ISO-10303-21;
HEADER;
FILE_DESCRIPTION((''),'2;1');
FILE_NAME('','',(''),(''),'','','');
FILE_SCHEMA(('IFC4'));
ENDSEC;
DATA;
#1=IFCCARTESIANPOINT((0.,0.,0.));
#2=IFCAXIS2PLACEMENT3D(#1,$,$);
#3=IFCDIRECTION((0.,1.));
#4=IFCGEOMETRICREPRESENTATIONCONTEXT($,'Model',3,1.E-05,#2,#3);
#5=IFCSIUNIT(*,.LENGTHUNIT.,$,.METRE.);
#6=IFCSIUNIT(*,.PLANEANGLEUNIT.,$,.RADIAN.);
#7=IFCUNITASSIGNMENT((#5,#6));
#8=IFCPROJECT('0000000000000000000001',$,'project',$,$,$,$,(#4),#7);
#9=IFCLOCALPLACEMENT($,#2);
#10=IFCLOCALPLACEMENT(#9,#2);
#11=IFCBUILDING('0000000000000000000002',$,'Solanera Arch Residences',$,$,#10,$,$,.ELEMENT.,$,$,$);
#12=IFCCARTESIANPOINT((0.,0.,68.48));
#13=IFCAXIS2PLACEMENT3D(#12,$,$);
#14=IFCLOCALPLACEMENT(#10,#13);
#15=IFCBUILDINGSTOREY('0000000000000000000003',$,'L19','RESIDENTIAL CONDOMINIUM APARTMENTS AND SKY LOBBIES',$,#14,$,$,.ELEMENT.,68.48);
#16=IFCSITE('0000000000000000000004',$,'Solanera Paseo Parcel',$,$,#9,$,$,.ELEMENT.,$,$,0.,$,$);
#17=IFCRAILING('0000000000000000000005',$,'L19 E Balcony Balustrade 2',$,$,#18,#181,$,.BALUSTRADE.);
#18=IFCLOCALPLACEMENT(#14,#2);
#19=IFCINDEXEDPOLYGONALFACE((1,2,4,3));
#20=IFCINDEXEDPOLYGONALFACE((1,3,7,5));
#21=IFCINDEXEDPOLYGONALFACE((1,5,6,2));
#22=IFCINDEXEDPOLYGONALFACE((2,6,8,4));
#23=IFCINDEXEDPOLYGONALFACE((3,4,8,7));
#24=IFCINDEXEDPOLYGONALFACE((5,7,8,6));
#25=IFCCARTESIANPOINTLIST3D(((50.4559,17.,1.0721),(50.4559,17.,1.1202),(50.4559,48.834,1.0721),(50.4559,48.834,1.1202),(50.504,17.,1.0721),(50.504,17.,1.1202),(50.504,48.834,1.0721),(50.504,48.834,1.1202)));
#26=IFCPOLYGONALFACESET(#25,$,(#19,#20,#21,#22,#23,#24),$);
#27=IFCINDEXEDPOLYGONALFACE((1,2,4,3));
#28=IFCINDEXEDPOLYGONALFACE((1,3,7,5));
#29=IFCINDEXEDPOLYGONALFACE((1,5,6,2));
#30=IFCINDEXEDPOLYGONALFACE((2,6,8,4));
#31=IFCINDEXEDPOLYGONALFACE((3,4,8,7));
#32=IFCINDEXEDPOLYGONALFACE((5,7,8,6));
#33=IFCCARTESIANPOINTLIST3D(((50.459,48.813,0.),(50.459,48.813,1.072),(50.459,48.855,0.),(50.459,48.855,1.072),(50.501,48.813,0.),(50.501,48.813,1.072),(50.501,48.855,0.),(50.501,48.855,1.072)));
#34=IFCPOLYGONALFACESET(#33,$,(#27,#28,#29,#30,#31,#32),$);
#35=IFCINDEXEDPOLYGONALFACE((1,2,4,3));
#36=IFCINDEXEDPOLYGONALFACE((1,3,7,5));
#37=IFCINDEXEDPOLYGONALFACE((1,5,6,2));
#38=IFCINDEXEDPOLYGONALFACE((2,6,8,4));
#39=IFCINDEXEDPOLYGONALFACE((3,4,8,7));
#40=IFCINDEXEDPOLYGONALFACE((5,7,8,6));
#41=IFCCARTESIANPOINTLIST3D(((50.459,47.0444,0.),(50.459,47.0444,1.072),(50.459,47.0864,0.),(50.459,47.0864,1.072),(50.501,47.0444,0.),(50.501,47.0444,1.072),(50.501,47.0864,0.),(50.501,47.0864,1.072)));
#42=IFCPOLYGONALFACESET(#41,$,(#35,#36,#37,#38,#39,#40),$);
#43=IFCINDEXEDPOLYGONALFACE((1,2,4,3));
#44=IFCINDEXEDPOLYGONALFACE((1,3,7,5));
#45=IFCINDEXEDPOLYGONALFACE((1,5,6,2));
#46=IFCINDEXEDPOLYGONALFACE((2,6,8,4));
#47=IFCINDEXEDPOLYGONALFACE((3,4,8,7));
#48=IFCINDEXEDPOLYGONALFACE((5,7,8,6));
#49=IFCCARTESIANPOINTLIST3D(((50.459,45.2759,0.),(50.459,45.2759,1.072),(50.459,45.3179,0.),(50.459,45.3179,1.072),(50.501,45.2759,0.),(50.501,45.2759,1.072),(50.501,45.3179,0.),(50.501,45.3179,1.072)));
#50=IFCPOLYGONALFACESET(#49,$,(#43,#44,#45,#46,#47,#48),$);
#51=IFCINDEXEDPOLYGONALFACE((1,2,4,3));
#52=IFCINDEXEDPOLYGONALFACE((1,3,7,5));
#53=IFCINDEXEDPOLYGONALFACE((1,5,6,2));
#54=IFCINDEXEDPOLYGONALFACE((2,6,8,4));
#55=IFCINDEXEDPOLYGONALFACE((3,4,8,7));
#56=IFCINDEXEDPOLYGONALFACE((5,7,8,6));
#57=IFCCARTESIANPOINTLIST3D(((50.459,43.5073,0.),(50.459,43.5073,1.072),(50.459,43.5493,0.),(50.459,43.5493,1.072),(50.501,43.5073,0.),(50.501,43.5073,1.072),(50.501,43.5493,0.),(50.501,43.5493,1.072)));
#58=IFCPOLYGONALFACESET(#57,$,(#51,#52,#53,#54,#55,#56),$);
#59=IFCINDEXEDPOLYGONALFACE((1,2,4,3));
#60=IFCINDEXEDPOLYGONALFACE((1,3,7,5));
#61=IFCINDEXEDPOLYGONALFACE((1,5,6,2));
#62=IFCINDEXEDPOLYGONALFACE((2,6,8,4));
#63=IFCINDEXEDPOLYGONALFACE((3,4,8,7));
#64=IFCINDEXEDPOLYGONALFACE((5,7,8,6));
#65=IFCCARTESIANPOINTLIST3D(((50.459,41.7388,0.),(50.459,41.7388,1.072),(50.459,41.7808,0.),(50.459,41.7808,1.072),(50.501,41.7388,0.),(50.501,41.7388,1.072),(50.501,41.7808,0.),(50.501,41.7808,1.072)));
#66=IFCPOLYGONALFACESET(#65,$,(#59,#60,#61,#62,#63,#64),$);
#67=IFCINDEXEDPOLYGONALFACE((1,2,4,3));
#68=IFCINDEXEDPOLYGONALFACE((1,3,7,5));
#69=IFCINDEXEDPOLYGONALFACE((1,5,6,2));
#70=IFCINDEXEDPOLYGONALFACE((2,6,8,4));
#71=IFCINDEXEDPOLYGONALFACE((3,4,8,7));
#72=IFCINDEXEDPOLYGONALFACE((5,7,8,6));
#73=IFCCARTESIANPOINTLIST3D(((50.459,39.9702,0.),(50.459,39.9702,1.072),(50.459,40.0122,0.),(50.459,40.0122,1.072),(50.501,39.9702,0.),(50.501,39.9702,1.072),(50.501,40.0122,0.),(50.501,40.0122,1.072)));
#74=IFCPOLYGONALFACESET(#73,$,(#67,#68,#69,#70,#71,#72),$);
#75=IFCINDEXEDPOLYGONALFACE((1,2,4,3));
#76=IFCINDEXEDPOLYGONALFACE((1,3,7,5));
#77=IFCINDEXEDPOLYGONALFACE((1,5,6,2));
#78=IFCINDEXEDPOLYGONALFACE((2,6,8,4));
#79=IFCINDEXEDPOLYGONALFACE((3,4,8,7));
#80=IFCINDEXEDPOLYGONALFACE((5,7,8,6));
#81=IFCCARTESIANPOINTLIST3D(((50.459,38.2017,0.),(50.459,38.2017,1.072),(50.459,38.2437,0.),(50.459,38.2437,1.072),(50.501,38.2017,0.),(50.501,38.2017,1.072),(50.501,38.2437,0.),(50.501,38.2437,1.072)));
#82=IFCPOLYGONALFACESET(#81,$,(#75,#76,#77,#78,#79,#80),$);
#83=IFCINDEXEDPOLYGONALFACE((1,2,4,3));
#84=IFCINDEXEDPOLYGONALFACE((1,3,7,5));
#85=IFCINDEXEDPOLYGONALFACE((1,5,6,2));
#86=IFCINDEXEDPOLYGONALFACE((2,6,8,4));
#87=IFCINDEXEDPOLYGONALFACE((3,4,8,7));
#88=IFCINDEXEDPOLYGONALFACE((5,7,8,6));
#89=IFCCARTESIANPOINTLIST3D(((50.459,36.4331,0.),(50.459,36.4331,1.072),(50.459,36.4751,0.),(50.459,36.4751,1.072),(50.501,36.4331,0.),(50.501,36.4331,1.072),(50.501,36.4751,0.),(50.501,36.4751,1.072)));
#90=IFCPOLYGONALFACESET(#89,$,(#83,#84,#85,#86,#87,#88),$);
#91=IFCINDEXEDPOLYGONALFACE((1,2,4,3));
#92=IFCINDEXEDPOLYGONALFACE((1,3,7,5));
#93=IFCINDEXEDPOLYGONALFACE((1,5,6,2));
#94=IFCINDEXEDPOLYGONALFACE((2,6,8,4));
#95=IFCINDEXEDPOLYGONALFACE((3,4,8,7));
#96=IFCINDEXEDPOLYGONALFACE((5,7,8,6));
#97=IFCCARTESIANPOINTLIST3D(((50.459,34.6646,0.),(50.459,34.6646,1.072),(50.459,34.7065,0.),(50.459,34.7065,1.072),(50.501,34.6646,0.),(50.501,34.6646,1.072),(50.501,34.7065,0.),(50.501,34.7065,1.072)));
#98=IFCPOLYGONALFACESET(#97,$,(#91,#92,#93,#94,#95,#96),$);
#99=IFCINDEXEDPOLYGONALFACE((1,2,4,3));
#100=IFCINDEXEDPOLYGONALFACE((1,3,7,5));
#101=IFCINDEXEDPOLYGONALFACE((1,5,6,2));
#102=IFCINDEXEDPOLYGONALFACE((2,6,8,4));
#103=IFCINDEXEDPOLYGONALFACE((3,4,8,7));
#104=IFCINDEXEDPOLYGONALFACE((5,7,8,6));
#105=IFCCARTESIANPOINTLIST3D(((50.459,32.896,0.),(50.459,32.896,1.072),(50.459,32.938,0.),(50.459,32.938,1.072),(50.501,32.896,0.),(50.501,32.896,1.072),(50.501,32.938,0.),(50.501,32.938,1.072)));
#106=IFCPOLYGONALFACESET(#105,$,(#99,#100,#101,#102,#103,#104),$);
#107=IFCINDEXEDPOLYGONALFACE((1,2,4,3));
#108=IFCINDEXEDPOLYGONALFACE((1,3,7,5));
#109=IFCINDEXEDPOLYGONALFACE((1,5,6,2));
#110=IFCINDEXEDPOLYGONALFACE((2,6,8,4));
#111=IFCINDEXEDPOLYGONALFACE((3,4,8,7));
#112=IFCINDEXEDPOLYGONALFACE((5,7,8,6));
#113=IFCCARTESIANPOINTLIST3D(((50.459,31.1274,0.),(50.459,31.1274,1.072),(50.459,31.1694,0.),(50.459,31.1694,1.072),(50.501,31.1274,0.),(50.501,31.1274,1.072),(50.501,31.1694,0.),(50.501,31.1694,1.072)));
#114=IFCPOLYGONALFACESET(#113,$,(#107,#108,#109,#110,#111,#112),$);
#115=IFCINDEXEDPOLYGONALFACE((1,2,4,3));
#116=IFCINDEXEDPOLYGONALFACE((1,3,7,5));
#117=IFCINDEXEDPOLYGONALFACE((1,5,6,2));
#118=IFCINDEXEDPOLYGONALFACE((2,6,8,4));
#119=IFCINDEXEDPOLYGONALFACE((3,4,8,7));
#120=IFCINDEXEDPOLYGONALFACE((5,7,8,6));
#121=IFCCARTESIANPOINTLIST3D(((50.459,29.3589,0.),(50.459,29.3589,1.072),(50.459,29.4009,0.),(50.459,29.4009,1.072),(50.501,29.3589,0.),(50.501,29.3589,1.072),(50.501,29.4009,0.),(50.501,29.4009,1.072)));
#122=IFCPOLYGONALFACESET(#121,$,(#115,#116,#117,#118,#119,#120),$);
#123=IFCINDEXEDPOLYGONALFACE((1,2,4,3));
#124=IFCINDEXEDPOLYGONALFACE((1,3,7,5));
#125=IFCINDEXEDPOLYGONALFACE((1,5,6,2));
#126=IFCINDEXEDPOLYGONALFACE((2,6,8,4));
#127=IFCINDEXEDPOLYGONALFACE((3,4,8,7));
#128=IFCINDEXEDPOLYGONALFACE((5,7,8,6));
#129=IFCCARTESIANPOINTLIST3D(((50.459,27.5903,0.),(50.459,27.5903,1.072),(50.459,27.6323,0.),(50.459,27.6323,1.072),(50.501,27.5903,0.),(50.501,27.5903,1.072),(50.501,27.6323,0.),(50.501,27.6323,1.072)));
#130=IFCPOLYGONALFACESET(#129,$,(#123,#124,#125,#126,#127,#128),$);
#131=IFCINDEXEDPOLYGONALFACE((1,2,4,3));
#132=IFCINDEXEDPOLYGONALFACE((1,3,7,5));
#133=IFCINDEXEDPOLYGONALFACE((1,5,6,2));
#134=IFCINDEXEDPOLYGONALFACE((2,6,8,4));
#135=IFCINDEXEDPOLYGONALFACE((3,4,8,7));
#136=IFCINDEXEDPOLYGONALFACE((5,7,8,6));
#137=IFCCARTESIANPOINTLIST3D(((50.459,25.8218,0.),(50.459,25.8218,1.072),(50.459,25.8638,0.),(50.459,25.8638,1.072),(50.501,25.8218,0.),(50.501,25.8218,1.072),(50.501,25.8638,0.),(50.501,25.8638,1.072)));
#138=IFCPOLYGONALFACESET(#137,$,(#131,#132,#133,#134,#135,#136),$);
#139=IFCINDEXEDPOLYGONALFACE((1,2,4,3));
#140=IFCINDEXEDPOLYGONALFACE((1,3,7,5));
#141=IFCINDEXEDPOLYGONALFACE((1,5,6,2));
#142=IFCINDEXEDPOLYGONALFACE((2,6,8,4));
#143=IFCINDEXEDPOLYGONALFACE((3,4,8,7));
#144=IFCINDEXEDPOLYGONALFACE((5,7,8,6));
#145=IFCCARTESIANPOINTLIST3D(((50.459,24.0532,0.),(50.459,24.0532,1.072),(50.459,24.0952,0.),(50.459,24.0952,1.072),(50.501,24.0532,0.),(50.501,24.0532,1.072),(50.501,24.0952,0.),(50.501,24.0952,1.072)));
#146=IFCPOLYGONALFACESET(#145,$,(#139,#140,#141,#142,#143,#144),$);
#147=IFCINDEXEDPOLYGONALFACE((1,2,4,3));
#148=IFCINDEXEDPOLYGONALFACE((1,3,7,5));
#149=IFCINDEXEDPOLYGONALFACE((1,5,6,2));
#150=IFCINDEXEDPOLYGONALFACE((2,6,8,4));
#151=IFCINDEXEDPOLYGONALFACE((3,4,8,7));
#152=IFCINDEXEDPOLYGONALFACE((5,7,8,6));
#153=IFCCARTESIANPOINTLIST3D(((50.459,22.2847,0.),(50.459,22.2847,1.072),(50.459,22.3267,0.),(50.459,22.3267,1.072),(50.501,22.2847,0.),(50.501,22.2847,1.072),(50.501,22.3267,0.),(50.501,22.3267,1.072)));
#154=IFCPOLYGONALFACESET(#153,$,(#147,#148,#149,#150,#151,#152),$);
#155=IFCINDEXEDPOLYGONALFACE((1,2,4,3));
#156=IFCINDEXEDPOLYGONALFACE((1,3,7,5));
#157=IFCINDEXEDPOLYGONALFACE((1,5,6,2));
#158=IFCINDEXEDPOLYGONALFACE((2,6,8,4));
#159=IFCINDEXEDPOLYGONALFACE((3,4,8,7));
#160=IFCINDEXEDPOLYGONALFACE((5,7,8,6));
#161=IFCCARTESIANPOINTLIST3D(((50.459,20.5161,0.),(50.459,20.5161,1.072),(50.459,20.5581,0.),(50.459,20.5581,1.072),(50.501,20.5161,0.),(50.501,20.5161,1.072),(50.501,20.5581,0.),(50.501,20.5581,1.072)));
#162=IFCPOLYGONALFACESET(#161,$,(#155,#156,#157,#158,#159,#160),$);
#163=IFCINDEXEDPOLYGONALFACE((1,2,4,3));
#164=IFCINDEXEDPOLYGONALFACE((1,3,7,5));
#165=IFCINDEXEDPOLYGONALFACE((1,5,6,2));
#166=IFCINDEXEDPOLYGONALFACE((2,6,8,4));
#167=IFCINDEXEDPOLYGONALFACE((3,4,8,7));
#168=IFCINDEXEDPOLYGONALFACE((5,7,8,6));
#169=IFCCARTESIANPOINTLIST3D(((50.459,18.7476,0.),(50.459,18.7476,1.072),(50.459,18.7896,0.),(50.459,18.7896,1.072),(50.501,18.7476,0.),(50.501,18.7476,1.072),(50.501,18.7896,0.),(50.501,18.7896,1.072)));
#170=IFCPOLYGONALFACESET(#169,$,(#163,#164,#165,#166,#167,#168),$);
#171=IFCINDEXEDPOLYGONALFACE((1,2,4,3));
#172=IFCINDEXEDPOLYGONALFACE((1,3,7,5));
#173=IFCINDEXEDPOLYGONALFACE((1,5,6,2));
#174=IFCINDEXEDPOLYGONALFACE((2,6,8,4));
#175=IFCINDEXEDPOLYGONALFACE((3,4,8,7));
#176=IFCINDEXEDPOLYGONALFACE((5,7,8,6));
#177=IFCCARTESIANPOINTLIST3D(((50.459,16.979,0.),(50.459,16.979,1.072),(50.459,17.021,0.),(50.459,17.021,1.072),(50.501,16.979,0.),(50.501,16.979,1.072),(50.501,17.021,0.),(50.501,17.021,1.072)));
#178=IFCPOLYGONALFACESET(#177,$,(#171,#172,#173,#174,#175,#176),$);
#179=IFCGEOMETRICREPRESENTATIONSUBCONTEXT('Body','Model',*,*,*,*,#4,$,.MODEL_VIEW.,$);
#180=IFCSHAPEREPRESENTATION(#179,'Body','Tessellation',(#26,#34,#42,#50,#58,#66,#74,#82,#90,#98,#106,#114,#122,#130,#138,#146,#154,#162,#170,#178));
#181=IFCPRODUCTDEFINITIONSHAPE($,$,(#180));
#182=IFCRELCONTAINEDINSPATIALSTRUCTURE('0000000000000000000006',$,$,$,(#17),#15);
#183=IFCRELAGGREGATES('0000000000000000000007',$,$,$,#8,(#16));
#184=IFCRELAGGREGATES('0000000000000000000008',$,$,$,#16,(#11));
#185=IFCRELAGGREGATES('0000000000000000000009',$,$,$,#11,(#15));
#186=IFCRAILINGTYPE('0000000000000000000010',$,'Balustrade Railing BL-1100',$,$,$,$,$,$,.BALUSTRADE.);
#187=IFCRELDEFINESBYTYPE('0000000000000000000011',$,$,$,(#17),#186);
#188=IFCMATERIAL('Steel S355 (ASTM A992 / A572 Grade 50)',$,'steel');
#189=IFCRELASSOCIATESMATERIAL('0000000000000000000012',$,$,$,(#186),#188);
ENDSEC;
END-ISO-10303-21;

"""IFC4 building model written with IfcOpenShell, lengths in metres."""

from ifc_helpers import new_model, si_unit, direction, frame, origin, origin_2d, place, context, subcontext, project, spatial, rectangle, extrude, material, type_object, element, save


model = new_model("IFC4")

# Units and contexts
model_context = context("Model", 3, precision=1e-05, world=origin(), true_north=direction((0.0, 1.0)))
body_context = subcontext(model_context, "Body", "Model", "MODEL_VIEW")
ifc_project = project(units=[si_unit("LENGTHUNIT", "METRE"), si_unit("PLANEANGLEUNIT", "RADIAN")], contexts=[model_context])

# Site, building, storey
site_placement = place(None, origin())
site = spatial("IfcSite", under=ifc_project, at=site_placement, Name="Solanera Paseo Parcel", CompositionType="ELEMENT", RefElevation=0.0)
building_placement = place(site_placement, origin())
building = spatial("IfcBuilding", under=site, at=building_placement, Name="Solanera Arch Residences", CompositionType="ELEMENT")
storey_placement = place(building_placement, frame((0.0, 0.0, 68.48)))
storey = spatial("IfcBuildingStorey", under=building, at=storey_placement, Name="L19", Description="RESIDENTIAL CONDOMINIUM APARTMENTS AND SKY LOBBIES", CompositionType="ELEMENT", Elevation=68.48)

# Railing
ifc_material_1 = material(Name="Steel S355 (ASTM A992 / A572 Grade 50)", Category="steel")
railing_type = type_object("IfcRailingType", Name="Balustrade Railing BL-1100", PredefinedType="BALUSTRADE", material=ifc_material_1)
railing_1_placement = place(storey_placement, frame((50.48, 48.834, 0.0)))
element("IfcRailing", 1, at=railing_1_placement, inside=storey, type_object=railing_type, Name="L19 E Balcony Balustrade 2", PredefinedType="BALUSTRADE", context=body_context, shape_type="SweptSolid", body=[
    extrude(rectangle(XDim=0.0481, YDim=0.0481, at=origin_2d()), frame((0.0, 0.0, 1.0962), z_axis=(0.0, -1.0, 0.0), x_axis=(1.0, 0.0, 0.0)), (0.0, 0.0, 1.0), 31.834),
    extrude(rectangle(XDim=0.042, YDim=0.042, at=origin_2d()), origin(), (0.0, 0.0, 1.0), 1.072),
    extrude(rectangle(XDim=0.042, YDim=0.042, at=origin_2d()), frame((0.0, -1.7686, 0.0)), (0.0, 0.0, 1.0), 1.072),
    extrude(rectangle(XDim=0.042, YDim=0.042, at=origin_2d()), frame((0.0, -3.5371, 0.0)), (0.0, 0.0, 1.0), 1.072),
    extrude(rectangle(XDim=0.042, YDim=0.042, at=origin_2d()), frame((0.0, -5.3057, 0.0)), (0.0, 0.0, 1.0), 1.072),
    extrude(rectangle(XDim=0.042, YDim=0.042, at=origin_2d()), frame((0.0, -7.0742, 0.0)), (0.0, 0.0, 1.0), 1.072),
    extrude(rectangle(XDim=0.042, YDim=0.042, at=origin_2d()), frame((0.0, -8.8428, 0.0)), (0.0, 0.0, 1.0), 1.072),
    extrude(rectangle(XDim=0.042, YDim=0.042, at=origin_2d()), frame((0.0, -10.6113, 0.0)), (0.0, 0.0, 1.0), 1.072),
    extrude(rectangle(XDim=0.042, YDim=0.042, at=origin_2d()), frame((0.0, -12.3799, 0.0)), (0.0, 0.0, 1.0), 1.072),
    extrude(rectangle(XDim=0.042, YDim=0.042, at=origin_2d()), frame((0.0, -14.1484, 0.0)), (0.0, 0.0, 1.0), 1.072),
    extrude(rectangle(XDim=0.042, YDim=0.042, at=origin_2d()), frame((0.0, -15.917, 0.0)), (0.0, 0.0, 1.0), 1.072),
    extrude(rectangle(XDim=0.042, YDim=0.042, at=origin_2d()), frame((0.0, -17.6855, 0.0)), (0.0, 0.0, 1.0), 1.072),
    extrude(rectangle(XDim=0.042, YDim=0.042, at=origin_2d()), frame((0.0, -19.4541, 0.0)), (0.0, 0.0, 1.0), 1.072),
    extrude(rectangle(XDim=0.042, YDim=0.042, at=origin_2d()), frame((0.0, -21.2227, 0.0)), (0.0, 0.0, 1.0), 1.072),
    extrude(rectangle(XDim=0.042, YDim=0.042, at=origin_2d()), frame((0.0, -22.9912, 0.0)), (0.0, 0.0, 1.0), 1.072),
    extrude(rectangle(XDim=0.042, YDim=0.042, at=origin_2d()), frame((0.0, -24.7598, 0.0)), (0.0, 0.0, 1.0), 1.072),
    extrude(rectangle(XDim=0.042, YDim=0.042, at=origin_2d()), frame((0.0, -26.5283, 0.0)), (0.0, 0.0, 1.0), 1.072),
    extrude(rectangle(XDim=0.042, YDim=0.042, at=origin_2d()), frame((0.0, -28.2969, 0.0)), (0.0, 0.0, 1.0), 1.072),
    extrude(rectangle(XDim=0.042, YDim=0.042, at=origin_2d()), frame((0.0, -30.0654, 0.0)), (0.0, 0.0, 1.0), 1.072),
    extrude(rectangle(XDim=0.042, YDim=0.042, at=origin_2d()), frame((0.0, -31.834, 0.0)), (0.0, 0.0, 1.0), 1.072),
])

save(model, "model.ifc")
